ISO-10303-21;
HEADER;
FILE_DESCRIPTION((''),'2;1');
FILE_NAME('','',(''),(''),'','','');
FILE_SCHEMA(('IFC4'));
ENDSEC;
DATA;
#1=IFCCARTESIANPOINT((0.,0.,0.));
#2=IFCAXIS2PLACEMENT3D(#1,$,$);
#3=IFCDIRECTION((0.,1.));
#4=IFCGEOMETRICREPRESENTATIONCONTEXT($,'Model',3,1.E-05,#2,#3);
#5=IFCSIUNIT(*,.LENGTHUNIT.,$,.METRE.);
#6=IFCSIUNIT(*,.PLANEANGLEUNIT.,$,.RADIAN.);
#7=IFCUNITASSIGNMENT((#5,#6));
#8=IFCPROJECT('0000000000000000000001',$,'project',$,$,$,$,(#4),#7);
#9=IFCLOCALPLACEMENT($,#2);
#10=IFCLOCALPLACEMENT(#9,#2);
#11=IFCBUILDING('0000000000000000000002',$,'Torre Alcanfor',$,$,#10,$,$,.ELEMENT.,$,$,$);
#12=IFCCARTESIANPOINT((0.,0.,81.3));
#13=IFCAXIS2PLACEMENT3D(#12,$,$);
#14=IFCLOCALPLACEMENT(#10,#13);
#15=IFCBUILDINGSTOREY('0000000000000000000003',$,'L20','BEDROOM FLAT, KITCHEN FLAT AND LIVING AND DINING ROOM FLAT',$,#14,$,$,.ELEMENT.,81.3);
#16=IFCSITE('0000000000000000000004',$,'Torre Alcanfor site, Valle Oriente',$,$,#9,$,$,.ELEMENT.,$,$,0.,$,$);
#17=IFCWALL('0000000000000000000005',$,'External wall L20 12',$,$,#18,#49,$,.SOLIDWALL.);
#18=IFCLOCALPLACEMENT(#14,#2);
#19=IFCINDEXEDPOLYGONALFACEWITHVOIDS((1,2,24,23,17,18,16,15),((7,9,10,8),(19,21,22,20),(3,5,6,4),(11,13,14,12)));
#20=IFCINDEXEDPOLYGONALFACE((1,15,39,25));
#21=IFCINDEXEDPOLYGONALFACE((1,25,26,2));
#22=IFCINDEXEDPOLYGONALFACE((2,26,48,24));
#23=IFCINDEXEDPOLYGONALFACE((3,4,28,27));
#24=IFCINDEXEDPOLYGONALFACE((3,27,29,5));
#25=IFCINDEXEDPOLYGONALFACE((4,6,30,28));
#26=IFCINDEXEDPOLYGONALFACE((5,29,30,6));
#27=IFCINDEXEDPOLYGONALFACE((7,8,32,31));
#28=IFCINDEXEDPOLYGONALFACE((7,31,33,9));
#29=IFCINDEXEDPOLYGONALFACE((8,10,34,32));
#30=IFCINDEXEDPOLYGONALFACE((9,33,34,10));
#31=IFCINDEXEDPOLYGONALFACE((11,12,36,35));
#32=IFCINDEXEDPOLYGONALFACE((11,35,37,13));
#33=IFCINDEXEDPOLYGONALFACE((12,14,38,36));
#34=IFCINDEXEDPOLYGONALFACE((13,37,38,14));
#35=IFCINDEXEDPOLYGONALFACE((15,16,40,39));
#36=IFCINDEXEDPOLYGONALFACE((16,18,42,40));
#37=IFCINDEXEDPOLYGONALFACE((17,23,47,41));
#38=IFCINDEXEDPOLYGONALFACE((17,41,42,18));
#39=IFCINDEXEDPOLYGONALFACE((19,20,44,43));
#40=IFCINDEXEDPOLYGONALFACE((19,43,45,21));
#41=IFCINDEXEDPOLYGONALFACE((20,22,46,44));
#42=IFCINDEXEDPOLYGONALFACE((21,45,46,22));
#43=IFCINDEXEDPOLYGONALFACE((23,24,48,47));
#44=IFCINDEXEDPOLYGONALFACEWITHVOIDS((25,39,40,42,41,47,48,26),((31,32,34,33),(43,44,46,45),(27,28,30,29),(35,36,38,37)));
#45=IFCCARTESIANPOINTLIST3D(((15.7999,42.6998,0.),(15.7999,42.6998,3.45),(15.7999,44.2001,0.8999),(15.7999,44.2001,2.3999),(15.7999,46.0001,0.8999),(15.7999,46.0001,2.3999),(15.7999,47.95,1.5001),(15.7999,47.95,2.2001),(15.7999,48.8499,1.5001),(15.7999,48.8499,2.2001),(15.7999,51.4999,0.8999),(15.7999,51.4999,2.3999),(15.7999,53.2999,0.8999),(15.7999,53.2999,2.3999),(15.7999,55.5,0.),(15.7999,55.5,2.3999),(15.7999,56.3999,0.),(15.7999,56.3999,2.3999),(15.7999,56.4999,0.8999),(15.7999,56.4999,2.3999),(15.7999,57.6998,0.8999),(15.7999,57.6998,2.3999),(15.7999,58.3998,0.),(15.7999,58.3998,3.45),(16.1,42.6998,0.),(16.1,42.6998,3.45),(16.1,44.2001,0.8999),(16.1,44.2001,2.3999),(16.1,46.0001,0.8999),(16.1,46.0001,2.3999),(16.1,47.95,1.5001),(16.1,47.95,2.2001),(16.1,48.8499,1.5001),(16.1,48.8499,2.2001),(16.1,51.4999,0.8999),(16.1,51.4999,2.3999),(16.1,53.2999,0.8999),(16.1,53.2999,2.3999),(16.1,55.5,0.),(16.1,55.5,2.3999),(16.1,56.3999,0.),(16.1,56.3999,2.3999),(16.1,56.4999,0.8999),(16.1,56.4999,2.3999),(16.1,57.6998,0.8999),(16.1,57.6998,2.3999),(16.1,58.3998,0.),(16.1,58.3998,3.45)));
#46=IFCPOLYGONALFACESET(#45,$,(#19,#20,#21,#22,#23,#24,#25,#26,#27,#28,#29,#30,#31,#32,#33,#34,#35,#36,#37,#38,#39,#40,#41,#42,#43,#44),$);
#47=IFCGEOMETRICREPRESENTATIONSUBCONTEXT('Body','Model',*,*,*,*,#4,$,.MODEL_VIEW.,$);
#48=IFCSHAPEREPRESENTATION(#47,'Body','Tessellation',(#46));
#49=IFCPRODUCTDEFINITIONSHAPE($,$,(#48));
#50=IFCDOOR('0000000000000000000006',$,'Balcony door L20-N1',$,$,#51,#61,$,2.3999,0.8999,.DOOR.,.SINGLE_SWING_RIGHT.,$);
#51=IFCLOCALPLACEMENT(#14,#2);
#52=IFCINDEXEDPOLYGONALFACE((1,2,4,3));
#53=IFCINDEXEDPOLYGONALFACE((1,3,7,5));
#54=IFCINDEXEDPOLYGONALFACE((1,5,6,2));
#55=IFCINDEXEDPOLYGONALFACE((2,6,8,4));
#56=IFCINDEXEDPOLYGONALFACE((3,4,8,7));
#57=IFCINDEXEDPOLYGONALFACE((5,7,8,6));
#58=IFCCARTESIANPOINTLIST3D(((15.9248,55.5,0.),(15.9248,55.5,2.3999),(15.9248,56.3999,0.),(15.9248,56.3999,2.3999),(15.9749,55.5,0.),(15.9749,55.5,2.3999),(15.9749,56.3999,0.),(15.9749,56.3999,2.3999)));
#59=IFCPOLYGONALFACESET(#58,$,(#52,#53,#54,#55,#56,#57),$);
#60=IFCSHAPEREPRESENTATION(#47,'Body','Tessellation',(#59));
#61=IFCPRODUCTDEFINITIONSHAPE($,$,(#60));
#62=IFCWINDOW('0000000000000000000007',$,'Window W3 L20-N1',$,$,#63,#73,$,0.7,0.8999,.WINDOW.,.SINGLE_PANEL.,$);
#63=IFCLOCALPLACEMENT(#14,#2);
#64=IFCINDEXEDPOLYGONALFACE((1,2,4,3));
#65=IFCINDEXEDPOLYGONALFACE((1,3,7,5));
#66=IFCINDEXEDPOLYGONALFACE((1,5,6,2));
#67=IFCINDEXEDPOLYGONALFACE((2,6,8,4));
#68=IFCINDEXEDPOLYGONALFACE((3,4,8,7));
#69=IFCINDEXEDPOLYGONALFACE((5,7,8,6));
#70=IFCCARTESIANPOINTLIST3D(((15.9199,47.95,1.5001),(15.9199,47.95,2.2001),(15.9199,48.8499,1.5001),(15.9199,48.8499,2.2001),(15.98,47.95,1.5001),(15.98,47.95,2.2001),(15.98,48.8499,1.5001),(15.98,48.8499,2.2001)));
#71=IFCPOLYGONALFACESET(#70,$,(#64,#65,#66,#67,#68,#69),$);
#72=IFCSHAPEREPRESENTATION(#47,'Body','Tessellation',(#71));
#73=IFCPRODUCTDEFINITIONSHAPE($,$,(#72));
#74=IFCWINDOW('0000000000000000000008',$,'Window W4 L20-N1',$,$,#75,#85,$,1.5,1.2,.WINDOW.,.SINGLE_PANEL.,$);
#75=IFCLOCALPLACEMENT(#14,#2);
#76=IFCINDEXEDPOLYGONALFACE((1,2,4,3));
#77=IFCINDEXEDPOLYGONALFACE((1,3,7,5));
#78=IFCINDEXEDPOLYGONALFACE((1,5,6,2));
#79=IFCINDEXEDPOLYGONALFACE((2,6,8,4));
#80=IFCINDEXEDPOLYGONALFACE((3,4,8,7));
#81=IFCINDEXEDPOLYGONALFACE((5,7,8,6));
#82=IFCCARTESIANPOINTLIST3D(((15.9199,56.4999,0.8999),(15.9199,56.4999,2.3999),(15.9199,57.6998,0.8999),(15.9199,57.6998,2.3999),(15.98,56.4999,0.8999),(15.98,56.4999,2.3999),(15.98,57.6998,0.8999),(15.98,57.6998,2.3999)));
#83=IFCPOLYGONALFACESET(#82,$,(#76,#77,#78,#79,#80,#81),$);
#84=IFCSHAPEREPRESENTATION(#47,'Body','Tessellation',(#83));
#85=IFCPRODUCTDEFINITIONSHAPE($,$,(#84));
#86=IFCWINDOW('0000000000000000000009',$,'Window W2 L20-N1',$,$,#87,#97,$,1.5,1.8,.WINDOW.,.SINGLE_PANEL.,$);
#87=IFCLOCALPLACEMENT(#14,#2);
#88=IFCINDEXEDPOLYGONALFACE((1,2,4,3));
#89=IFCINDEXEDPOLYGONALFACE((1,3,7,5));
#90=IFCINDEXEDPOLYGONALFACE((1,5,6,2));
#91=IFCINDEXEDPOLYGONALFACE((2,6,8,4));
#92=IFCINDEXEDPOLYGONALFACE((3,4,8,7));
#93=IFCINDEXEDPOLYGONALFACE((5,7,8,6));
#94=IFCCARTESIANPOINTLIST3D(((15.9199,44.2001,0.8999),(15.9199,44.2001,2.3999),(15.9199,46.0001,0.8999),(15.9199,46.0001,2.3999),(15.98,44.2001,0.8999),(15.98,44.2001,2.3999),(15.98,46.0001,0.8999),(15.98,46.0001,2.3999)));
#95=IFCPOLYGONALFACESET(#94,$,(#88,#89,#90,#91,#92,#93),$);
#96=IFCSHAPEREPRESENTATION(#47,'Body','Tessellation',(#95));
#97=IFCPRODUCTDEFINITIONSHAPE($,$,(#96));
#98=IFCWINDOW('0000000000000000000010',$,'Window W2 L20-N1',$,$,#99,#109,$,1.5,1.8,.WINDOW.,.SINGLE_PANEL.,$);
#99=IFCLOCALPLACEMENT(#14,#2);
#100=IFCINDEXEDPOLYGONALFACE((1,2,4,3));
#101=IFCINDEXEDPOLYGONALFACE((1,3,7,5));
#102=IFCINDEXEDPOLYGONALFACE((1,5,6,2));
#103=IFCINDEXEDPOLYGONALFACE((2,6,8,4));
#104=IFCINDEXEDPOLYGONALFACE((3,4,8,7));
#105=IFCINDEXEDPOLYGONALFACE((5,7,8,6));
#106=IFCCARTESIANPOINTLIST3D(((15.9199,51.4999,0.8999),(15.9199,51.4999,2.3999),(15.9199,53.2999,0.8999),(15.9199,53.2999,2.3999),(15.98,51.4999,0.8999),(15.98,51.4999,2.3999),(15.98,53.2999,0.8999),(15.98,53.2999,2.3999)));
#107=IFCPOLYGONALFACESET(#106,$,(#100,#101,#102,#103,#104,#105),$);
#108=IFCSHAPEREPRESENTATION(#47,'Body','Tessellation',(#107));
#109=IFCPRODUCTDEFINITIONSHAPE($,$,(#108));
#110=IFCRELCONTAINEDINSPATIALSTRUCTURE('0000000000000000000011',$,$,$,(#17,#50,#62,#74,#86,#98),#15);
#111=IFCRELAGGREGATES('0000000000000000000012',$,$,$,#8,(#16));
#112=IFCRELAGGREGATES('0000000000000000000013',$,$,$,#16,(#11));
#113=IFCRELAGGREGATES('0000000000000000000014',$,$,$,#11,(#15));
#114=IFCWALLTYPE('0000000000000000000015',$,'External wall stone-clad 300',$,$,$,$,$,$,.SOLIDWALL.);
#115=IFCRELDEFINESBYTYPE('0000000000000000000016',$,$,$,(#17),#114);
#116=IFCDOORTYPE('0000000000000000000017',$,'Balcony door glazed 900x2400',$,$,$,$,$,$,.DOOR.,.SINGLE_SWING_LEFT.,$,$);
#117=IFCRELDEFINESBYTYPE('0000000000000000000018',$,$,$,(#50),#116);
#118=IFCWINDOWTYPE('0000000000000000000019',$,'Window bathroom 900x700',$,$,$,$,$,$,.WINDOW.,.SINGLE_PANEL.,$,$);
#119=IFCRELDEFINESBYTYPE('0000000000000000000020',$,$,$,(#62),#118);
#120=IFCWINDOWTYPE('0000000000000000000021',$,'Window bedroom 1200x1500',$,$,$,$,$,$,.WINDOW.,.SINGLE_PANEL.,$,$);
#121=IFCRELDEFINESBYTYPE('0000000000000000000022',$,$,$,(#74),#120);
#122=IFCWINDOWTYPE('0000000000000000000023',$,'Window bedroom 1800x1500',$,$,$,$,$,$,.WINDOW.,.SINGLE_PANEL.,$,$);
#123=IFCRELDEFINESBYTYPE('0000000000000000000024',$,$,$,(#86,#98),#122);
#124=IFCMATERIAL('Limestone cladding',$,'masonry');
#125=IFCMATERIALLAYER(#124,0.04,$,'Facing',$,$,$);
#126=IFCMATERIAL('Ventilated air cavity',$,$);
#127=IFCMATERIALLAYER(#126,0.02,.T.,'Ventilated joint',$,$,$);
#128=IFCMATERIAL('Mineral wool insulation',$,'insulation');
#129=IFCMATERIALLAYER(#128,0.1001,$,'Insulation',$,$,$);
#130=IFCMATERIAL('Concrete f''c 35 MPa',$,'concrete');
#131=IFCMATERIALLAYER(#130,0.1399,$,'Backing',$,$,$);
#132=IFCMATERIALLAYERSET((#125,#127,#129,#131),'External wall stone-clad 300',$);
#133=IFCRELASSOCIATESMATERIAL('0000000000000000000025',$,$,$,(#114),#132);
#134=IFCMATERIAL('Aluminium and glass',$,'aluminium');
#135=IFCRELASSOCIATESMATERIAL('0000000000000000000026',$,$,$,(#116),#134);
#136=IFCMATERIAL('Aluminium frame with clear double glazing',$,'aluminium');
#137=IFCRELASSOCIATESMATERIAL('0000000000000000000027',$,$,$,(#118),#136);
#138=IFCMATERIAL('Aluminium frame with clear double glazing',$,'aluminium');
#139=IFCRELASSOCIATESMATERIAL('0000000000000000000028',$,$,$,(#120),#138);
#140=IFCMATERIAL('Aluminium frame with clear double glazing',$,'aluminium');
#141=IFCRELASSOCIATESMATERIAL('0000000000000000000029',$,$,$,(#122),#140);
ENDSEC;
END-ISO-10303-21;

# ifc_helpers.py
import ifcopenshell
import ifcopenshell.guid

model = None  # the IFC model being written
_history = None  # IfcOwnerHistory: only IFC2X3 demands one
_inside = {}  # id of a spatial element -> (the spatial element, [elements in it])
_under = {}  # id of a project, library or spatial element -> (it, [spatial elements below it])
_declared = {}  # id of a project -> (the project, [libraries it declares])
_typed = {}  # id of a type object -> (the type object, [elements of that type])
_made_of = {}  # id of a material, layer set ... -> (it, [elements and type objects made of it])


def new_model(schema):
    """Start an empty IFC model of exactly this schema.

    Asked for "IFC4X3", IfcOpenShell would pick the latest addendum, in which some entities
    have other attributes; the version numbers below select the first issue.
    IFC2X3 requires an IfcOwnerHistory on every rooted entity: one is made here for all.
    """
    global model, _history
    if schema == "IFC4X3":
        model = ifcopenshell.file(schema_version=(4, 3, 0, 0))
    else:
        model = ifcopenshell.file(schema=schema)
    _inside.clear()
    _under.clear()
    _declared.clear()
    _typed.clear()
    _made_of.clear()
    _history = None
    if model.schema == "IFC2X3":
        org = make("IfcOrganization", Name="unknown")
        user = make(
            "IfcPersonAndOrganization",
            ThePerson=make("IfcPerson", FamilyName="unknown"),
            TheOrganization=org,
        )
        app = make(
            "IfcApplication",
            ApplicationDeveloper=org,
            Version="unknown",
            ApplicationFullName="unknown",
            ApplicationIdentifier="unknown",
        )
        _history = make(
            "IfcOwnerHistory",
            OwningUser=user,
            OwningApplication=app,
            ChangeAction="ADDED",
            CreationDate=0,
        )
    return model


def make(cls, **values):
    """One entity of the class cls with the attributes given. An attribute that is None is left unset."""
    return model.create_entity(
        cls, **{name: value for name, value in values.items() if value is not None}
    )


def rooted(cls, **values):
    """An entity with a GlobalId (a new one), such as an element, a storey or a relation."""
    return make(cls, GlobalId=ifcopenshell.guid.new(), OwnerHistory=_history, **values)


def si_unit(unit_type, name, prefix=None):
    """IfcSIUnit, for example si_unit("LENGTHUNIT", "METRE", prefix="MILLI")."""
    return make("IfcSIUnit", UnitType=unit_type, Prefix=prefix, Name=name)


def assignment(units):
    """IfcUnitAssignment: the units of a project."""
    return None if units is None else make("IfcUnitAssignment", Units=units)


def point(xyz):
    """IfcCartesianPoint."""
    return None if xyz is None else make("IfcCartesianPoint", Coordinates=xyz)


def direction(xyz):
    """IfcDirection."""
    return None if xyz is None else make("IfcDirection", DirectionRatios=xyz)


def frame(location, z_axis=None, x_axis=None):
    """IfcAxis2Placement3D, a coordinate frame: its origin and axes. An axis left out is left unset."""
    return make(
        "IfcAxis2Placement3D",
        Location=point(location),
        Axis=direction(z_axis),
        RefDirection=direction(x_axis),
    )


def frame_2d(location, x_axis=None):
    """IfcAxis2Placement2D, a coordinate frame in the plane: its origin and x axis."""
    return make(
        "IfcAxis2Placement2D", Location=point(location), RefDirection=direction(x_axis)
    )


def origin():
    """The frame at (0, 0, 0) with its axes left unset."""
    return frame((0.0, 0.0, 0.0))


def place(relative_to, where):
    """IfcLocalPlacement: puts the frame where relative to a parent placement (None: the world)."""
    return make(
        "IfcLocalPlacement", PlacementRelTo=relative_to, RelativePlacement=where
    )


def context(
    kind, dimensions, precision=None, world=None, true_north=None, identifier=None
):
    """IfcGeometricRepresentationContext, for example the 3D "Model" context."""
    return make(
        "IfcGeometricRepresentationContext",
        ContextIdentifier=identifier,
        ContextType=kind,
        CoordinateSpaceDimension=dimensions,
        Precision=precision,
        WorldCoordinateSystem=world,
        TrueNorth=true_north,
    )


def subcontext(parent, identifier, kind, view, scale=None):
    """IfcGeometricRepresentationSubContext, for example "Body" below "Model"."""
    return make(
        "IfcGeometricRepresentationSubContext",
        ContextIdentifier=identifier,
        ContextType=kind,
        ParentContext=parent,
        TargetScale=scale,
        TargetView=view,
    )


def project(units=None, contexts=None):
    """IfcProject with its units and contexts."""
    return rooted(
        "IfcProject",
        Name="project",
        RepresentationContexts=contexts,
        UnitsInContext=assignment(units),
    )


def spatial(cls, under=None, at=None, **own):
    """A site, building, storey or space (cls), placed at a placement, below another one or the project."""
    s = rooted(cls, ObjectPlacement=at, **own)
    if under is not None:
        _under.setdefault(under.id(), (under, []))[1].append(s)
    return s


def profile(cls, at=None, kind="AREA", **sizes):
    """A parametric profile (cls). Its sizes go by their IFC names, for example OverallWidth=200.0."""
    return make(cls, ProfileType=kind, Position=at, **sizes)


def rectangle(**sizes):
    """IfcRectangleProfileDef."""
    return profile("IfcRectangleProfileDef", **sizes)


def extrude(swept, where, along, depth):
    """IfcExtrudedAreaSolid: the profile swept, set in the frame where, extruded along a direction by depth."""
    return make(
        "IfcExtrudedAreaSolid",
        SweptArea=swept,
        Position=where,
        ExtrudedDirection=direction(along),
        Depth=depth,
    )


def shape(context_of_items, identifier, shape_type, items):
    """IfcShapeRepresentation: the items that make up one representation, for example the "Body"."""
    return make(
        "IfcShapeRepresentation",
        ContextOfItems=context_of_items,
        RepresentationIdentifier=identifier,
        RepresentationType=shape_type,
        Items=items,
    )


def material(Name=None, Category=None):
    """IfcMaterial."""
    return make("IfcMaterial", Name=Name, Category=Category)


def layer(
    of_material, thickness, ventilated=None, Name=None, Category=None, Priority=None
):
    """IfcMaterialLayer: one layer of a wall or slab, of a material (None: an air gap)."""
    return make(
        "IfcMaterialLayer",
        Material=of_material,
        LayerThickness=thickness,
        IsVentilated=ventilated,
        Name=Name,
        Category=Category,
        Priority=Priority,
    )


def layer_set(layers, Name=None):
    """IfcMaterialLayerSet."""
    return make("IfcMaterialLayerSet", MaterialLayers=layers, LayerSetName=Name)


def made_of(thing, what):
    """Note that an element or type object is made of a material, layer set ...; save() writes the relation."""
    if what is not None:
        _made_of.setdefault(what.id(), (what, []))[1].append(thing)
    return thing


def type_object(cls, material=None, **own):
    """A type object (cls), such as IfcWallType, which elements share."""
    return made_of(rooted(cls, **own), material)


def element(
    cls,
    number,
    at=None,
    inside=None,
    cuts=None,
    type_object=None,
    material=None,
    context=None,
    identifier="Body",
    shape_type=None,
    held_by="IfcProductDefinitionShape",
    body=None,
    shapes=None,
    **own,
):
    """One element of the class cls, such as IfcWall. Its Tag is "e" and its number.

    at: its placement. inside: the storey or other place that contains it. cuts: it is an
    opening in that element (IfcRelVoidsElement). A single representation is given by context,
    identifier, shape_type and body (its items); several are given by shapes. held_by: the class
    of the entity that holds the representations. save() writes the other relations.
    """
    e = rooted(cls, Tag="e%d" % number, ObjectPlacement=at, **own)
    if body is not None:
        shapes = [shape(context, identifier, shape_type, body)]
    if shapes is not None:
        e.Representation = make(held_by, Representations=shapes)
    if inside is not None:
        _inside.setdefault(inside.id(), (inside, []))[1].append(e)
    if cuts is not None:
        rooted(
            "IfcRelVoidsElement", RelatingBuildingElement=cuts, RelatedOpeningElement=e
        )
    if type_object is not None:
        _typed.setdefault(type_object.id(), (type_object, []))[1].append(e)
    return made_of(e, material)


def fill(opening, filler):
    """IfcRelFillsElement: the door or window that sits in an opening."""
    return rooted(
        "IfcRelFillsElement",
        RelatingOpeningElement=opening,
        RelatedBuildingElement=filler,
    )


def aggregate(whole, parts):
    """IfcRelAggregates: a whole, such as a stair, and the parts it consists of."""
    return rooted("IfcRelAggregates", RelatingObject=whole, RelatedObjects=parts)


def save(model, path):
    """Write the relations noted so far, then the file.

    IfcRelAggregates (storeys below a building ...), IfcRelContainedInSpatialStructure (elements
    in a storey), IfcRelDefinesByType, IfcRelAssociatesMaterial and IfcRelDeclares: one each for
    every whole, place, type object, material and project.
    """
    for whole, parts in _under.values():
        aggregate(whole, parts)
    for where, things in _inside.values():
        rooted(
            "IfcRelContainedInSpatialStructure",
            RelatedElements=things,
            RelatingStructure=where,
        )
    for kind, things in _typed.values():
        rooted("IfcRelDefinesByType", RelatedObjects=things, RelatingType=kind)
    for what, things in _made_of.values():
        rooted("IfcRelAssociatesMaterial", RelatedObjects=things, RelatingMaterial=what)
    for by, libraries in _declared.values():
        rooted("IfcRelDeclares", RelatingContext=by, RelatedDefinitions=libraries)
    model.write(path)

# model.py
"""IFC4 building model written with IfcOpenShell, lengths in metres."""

from ifc_helpers import new_model, si_unit, direction, frame, frame_2d, origin, place, context, subcontext, project, spatial, rectangle, extrude, material, layer, layer_set, type_object, element, fill, save


model = new_model("IFC4")

# Units and contexts
model_context = context("Model", 3, precision=1e-05, world=origin(), true_north=direction((0.0, 1.0)))
body_context = subcontext(model_context, "Body", "Model", "MODEL_VIEW")
ifc_project = project(units=[si_unit("LENGTHUNIT", "METRE"), si_unit("PLANEANGLEUNIT", "RADIAN")], contexts=[model_context])

# Site, building, storey
site_placement = place(None, origin())
site = spatial("IfcSite", under=ifc_project, at=site_placement, Name="Torre Alcanfor site, Valle Oriente", CompositionType="ELEMENT", RefElevation=0.0)
building_placement = place(site_placement, origin())
building = spatial("IfcBuilding", under=site, at=building_placement, Name="Torre Alcanfor", CompositionType="ELEMENT")
storey_placement = place(building_placement, frame((0.0, 0.0, 81.3)))
storey = spatial("IfcBuildingStorey", under=building, at=storey_placement, Name="L20", Description="BEDROOM FLAT, KITCHEN FLAT AND LIVING AND DINING ROOM FLAT", CompositionType="ELEMENT", Elevation=81.3)

# Wall, openings, door, windows
ifc_material_1 = material(Name="Limestone cladding", Category="masonry")
ifc_layer_1 = layer(ifc_material_1, 0.04, Name="Facing")
ifc_material_2 = material(Name="Ventilated air cavity")
ifc_layer_2 = layer(ifc_material_2, 0.02, ventilated=True, Name="Ventilated joint")
ifc_material_3 = material(Name="Mineral wool insulation", Category="insulation")
ifc_layer_3 = layer(ifc_material_3, 0.1001, Name="Insulation")
ifc_material_4 = material(Name="Concrete f'c 35 MPa", Category="concrete")
ifc_layer_4 = layer(ifc_material_4, 0.1399, Name="Backing")
ifc_layer_set_1 = layer_set([ifc_layer_1, ifc_layer_2, ifc_layer_3, ifc_layer_4], Name="External wall stone-clad 300")
wall_type_1 = type_object("IfcWallType", Name="External wall stone-clad 300", PredefinedType="SOLIDWALL", material=ifc_layer_set_1)
ifc_material_5 = material(Name="Aluminium and glass", Category="aluminium")
door_type = type_object("IfcDoorType", Name="Balcony door glazed 900x2400", OperationType="SINGLE_SWING_LEFT", PredefinedType="DOOR", material=ifc_material_5)
ifc_material_6 = material(Name="Aluminium frame with clear double glazing", Category="aluminium")
window_type_1 = type_object("IfcWindowType", Name="Window bathroom 900x700", PartitioningType="SINGLE_PANEL", PredefinedType="WINDOW", material=ifc_material_6)
ifc_material_7 = material(Name="Aluminium frame with clear double glazing", Category="aluminium")
window_type_2 = type_object("IfcWindowType", Name="Window bedroom 1200x1500", PartitioningType="SINGLE_PANEL", PredefinedType="WINDOW", material=ifc_material_7)
ifc_material_8 = material(Name="Aluminium frame with clear double glazing", Category="aluminium")
window_type_3 = type_object("IfcWindowType", Name="Window bedroom 1800x1500", PartitioningType="SINGLE_PANEL", PredefinedType="WINDOW", material=ifc_material_8)
wall_1_placement = place(storey_placement, frame((15.95, 58.3999, 0.0), z_axis=(0.0, 0.0, 1.0), x_axis=(0.0, -1.0, 0.0)))
wall_1 = element("IfcWall", 1, at=wall_1_placement, inside=storey, type_object=wall_type_1, Name="External wall L20 12", PredefinedType="SOLIDWALL", context=body_context, shape_type="SweptSolid", body=[
    extrude(rectangle(XDim=15.7, YDim=0.3, at=frame_2d((7.8501, 0.0))), origin(), (0.0, 0.0, 1.0), 3.45),
])
opening_1_placement = place(wall_1_placement, frame((12.3999, 0.0, 0.8999)))
opening_1 = element("IfcOpeningElement", 2, at=opening_1_placement, cuts=wall_1, PredefinedType="OPENING", context=body_context, shape_type="SweptSolid", body=[
    extrude(rectangle(XDim=1.8, YDim=1.5, at=frame_2d((0.8999, 0.75))), frame((0.0, 0.1599, 0.0), z_axis=(0.0, -1.0, 0.0), x_axis=(1.0, 0.0, 0.0)), (0.0, 0.0, 1.0), 0.3201),
])
opening_2_placement = place(wall_1_placement, frame((9.55, 0.0, 1.5)))
opening_2 = element("IfcOpeningElement", 3, at=opening_2_placement, cuts=wall_1, PredefinedType="OPENING", context=body_context, shape_type="SweptSolid", body=[
    extrude(rectangle(XDim=0.8999, YDim=0.7, at=frame_2d((0.45, 0.3501))), frame((0.0, 0.1599, 0.0), z_axis=(0.0, -1.0, 0.0), x_axis=(1.0, 0.0, 0.0)), (0.0, 0.0, 1.0), 0.3201),
])
opening_3_placement = place(wall_1_placement, frame((5.1001, 0.0, 0.8999)))
opening_3 = element("IfcOpeningElement", 4, at=opening_3_placement, cuts=wall_1, PredefinedType="OPENING", context=body_context, shape_type="SweptSolid", body=[
    extrude(rectangle(XDim=1.8, YDim=1.5, at=frame_2d((0.8999, 0.75))), frame((0.0, 0.1599, 0.0), z_axis=(0.0, -1.0, 0.0), x_axis=(1.0, 0.0, 0.0)), (0.0, 0.0, 1.0), 0.3201),
])
opening_4_placement = place(wall_1_placement, frame((2.0, 0.0, 0.0)))
opening_4 = element("IfcOpeningElement", 5, at=opening_4_placement, cuts=wall_1, PredefinedType="OPENING", context=body_context, shape_type="SweptSolid", body=[
    extrude(rectangle(XDim=0.8999, YDim=2.3999, at=frame_2d((0.45, 1.2))), frame((0.0, 0.1599, 0.0), z_axis=(0.0, -1.0, 0.0), x_axis=(1.0, 0.0, 0.0)), (0.0, 0.0, 1.0), 0.3201),
])
opening_5_placement = place(wall_1_placement, frame((0.7, 0.0, 0.8999)))
opening_5 = element("IfcOpeningElement", 6, at=opening_5_placement, cuts=wall_1, PredefinedType="OPENING", context=body_context, shape_type="SweptSolid", body=[
    extrude(rectangle(XDim=1.2, YDim=1.5, at=frame_2d((0.6001, 0.75))), frame((0.0, 0.1599, 0.0), z_axis=(0.0, -1.0, 0.0), x_axis=(1.0, 0.0, 0.0)), (0.0, 0.0, 1.0), 0.3201),
])
door_1_placement = place(opening_4_placement, origin())
door_1 = element("IfcDoor", 7, at=door_1_placement, inside=storey, type_object=door_type, Name="Balcony door L20-N1", OperationType="SINGLE_SWING_RIGHT", OverallHeight=2.3999, OverallWidth=0.8999, PredefinedType="DOOR", context=body_context, shape_type="SweptSolid", body=[
    extrude(rectangle(XDim=0.8999, YDim=2.3999, at=frame_2d((0.45, 1.2))), frame((0.0, 0.0249, 0.0), z_axis=(0.0, -1.0, 0.0), x_axis=(1.0, 0.0, 0.0)), (0.0, 0.0, 1.0), 0.05),
])
fill(opening_4, door_1)
window_1_placement = place(opening_2_placement, origin())
window_1 = element("IfcWindow", 8, at=window_1_placement, inside=storey, type_object=window_type_1, Name="Window W3 L20-N1", OverallHeight=0.7, OverallWidth=0.8999, PartitioningType="SINGLE_PANEL", PredefinedType="WINDOW", context=body_context, shape_type="SweptSolid", body=[
    extrude(rectangle(XDim=0.8999, YDim=0.7, at=frame_2d((0.45, 0.3501))), frame((0.0, 0.03, 0.0), z_axis=(0.0, -1.0, 0.0), x_axis=(1.0, 0.0, 0.0)), (0.0, 0.0, 1.0), 0.0601),
])
fill(opening_2, window_1)
window_2_placement = place(opening_5_placement, origin())
window_2 = element("IfcWindow", 9, at=window_2_placement, inside=storey, type_object=window_type_2, Name="Window W4 L20-N1", OverallHeight=1.5, OverallWidth=1.2, PartitioningType="SINGLE_PANEL", PredefinedType="WINDOW", context=body_context, shape_type="SweptSolid", body=[
    extrude(rectangle(XDim=1.2, YDim=1.5, at=frame_2d((0.6001, 0.75))), frame((0.0, 0.03, 0.0), z_axis=(0.0, -1.0, 0.0), x_axis=(1.0, 0.0, 0.0)), (0.0, 0.0, 1.0), 0.0601),
])
fill(opening_5, window_2)
window_3_placement = place(opening_1_placement, origin())
window_3 = element("IfcWindow", 10, at=window_3_placement, inside=storey, type_object=window_type_3, Name="Window W2 L20-N1", OverallHeight=1.5, OverallWidth=1.8, PartitioningType="SINGLE_PANEL", PredefinedType="WINDOW", context=body_context, shape_type="SweptSolid", body=[
    extrude(rectangle(XDim=1.8, YDim=1.5, at=frame_2d((0.8999, 0.75))), frame((0.0, 0.03, 0.0), z_axis=(0.0, -1.0, 0.0), x_axis=(1.0, 0.0, 0.0)), (0.0, 0.0, 1.0), 0.0601),
])
fill(opening_1, window_3)
window_4_placement = place(opening_3_placement, origin())
window_4 = element("IfcWindow", 11, at=window_4_placement, inside=storey, type_object=window_type_3, Name="Window W2 L20-N1", OverallHeight=1.5, OverallWidth=1.8, PartitioningType="SINGLE_PANEL", PredefinedType="WINDOW", context=body_context, shape_type="SweptSolid", body=[
    extrude(rectangle(XDim=1.8, YDim=1.5, at=frame_2d((0.8999, 0.75))), frame((0.0, 0.03, 0.0), z_axis=(0.0, -1.0, 0.0), x_axis=(1.0, 0.0, 0.0)), (0.0, 0.0, 1.0), 0.0601),
])
fill(opening_3, window_4)

save(model, "model.ifc")
